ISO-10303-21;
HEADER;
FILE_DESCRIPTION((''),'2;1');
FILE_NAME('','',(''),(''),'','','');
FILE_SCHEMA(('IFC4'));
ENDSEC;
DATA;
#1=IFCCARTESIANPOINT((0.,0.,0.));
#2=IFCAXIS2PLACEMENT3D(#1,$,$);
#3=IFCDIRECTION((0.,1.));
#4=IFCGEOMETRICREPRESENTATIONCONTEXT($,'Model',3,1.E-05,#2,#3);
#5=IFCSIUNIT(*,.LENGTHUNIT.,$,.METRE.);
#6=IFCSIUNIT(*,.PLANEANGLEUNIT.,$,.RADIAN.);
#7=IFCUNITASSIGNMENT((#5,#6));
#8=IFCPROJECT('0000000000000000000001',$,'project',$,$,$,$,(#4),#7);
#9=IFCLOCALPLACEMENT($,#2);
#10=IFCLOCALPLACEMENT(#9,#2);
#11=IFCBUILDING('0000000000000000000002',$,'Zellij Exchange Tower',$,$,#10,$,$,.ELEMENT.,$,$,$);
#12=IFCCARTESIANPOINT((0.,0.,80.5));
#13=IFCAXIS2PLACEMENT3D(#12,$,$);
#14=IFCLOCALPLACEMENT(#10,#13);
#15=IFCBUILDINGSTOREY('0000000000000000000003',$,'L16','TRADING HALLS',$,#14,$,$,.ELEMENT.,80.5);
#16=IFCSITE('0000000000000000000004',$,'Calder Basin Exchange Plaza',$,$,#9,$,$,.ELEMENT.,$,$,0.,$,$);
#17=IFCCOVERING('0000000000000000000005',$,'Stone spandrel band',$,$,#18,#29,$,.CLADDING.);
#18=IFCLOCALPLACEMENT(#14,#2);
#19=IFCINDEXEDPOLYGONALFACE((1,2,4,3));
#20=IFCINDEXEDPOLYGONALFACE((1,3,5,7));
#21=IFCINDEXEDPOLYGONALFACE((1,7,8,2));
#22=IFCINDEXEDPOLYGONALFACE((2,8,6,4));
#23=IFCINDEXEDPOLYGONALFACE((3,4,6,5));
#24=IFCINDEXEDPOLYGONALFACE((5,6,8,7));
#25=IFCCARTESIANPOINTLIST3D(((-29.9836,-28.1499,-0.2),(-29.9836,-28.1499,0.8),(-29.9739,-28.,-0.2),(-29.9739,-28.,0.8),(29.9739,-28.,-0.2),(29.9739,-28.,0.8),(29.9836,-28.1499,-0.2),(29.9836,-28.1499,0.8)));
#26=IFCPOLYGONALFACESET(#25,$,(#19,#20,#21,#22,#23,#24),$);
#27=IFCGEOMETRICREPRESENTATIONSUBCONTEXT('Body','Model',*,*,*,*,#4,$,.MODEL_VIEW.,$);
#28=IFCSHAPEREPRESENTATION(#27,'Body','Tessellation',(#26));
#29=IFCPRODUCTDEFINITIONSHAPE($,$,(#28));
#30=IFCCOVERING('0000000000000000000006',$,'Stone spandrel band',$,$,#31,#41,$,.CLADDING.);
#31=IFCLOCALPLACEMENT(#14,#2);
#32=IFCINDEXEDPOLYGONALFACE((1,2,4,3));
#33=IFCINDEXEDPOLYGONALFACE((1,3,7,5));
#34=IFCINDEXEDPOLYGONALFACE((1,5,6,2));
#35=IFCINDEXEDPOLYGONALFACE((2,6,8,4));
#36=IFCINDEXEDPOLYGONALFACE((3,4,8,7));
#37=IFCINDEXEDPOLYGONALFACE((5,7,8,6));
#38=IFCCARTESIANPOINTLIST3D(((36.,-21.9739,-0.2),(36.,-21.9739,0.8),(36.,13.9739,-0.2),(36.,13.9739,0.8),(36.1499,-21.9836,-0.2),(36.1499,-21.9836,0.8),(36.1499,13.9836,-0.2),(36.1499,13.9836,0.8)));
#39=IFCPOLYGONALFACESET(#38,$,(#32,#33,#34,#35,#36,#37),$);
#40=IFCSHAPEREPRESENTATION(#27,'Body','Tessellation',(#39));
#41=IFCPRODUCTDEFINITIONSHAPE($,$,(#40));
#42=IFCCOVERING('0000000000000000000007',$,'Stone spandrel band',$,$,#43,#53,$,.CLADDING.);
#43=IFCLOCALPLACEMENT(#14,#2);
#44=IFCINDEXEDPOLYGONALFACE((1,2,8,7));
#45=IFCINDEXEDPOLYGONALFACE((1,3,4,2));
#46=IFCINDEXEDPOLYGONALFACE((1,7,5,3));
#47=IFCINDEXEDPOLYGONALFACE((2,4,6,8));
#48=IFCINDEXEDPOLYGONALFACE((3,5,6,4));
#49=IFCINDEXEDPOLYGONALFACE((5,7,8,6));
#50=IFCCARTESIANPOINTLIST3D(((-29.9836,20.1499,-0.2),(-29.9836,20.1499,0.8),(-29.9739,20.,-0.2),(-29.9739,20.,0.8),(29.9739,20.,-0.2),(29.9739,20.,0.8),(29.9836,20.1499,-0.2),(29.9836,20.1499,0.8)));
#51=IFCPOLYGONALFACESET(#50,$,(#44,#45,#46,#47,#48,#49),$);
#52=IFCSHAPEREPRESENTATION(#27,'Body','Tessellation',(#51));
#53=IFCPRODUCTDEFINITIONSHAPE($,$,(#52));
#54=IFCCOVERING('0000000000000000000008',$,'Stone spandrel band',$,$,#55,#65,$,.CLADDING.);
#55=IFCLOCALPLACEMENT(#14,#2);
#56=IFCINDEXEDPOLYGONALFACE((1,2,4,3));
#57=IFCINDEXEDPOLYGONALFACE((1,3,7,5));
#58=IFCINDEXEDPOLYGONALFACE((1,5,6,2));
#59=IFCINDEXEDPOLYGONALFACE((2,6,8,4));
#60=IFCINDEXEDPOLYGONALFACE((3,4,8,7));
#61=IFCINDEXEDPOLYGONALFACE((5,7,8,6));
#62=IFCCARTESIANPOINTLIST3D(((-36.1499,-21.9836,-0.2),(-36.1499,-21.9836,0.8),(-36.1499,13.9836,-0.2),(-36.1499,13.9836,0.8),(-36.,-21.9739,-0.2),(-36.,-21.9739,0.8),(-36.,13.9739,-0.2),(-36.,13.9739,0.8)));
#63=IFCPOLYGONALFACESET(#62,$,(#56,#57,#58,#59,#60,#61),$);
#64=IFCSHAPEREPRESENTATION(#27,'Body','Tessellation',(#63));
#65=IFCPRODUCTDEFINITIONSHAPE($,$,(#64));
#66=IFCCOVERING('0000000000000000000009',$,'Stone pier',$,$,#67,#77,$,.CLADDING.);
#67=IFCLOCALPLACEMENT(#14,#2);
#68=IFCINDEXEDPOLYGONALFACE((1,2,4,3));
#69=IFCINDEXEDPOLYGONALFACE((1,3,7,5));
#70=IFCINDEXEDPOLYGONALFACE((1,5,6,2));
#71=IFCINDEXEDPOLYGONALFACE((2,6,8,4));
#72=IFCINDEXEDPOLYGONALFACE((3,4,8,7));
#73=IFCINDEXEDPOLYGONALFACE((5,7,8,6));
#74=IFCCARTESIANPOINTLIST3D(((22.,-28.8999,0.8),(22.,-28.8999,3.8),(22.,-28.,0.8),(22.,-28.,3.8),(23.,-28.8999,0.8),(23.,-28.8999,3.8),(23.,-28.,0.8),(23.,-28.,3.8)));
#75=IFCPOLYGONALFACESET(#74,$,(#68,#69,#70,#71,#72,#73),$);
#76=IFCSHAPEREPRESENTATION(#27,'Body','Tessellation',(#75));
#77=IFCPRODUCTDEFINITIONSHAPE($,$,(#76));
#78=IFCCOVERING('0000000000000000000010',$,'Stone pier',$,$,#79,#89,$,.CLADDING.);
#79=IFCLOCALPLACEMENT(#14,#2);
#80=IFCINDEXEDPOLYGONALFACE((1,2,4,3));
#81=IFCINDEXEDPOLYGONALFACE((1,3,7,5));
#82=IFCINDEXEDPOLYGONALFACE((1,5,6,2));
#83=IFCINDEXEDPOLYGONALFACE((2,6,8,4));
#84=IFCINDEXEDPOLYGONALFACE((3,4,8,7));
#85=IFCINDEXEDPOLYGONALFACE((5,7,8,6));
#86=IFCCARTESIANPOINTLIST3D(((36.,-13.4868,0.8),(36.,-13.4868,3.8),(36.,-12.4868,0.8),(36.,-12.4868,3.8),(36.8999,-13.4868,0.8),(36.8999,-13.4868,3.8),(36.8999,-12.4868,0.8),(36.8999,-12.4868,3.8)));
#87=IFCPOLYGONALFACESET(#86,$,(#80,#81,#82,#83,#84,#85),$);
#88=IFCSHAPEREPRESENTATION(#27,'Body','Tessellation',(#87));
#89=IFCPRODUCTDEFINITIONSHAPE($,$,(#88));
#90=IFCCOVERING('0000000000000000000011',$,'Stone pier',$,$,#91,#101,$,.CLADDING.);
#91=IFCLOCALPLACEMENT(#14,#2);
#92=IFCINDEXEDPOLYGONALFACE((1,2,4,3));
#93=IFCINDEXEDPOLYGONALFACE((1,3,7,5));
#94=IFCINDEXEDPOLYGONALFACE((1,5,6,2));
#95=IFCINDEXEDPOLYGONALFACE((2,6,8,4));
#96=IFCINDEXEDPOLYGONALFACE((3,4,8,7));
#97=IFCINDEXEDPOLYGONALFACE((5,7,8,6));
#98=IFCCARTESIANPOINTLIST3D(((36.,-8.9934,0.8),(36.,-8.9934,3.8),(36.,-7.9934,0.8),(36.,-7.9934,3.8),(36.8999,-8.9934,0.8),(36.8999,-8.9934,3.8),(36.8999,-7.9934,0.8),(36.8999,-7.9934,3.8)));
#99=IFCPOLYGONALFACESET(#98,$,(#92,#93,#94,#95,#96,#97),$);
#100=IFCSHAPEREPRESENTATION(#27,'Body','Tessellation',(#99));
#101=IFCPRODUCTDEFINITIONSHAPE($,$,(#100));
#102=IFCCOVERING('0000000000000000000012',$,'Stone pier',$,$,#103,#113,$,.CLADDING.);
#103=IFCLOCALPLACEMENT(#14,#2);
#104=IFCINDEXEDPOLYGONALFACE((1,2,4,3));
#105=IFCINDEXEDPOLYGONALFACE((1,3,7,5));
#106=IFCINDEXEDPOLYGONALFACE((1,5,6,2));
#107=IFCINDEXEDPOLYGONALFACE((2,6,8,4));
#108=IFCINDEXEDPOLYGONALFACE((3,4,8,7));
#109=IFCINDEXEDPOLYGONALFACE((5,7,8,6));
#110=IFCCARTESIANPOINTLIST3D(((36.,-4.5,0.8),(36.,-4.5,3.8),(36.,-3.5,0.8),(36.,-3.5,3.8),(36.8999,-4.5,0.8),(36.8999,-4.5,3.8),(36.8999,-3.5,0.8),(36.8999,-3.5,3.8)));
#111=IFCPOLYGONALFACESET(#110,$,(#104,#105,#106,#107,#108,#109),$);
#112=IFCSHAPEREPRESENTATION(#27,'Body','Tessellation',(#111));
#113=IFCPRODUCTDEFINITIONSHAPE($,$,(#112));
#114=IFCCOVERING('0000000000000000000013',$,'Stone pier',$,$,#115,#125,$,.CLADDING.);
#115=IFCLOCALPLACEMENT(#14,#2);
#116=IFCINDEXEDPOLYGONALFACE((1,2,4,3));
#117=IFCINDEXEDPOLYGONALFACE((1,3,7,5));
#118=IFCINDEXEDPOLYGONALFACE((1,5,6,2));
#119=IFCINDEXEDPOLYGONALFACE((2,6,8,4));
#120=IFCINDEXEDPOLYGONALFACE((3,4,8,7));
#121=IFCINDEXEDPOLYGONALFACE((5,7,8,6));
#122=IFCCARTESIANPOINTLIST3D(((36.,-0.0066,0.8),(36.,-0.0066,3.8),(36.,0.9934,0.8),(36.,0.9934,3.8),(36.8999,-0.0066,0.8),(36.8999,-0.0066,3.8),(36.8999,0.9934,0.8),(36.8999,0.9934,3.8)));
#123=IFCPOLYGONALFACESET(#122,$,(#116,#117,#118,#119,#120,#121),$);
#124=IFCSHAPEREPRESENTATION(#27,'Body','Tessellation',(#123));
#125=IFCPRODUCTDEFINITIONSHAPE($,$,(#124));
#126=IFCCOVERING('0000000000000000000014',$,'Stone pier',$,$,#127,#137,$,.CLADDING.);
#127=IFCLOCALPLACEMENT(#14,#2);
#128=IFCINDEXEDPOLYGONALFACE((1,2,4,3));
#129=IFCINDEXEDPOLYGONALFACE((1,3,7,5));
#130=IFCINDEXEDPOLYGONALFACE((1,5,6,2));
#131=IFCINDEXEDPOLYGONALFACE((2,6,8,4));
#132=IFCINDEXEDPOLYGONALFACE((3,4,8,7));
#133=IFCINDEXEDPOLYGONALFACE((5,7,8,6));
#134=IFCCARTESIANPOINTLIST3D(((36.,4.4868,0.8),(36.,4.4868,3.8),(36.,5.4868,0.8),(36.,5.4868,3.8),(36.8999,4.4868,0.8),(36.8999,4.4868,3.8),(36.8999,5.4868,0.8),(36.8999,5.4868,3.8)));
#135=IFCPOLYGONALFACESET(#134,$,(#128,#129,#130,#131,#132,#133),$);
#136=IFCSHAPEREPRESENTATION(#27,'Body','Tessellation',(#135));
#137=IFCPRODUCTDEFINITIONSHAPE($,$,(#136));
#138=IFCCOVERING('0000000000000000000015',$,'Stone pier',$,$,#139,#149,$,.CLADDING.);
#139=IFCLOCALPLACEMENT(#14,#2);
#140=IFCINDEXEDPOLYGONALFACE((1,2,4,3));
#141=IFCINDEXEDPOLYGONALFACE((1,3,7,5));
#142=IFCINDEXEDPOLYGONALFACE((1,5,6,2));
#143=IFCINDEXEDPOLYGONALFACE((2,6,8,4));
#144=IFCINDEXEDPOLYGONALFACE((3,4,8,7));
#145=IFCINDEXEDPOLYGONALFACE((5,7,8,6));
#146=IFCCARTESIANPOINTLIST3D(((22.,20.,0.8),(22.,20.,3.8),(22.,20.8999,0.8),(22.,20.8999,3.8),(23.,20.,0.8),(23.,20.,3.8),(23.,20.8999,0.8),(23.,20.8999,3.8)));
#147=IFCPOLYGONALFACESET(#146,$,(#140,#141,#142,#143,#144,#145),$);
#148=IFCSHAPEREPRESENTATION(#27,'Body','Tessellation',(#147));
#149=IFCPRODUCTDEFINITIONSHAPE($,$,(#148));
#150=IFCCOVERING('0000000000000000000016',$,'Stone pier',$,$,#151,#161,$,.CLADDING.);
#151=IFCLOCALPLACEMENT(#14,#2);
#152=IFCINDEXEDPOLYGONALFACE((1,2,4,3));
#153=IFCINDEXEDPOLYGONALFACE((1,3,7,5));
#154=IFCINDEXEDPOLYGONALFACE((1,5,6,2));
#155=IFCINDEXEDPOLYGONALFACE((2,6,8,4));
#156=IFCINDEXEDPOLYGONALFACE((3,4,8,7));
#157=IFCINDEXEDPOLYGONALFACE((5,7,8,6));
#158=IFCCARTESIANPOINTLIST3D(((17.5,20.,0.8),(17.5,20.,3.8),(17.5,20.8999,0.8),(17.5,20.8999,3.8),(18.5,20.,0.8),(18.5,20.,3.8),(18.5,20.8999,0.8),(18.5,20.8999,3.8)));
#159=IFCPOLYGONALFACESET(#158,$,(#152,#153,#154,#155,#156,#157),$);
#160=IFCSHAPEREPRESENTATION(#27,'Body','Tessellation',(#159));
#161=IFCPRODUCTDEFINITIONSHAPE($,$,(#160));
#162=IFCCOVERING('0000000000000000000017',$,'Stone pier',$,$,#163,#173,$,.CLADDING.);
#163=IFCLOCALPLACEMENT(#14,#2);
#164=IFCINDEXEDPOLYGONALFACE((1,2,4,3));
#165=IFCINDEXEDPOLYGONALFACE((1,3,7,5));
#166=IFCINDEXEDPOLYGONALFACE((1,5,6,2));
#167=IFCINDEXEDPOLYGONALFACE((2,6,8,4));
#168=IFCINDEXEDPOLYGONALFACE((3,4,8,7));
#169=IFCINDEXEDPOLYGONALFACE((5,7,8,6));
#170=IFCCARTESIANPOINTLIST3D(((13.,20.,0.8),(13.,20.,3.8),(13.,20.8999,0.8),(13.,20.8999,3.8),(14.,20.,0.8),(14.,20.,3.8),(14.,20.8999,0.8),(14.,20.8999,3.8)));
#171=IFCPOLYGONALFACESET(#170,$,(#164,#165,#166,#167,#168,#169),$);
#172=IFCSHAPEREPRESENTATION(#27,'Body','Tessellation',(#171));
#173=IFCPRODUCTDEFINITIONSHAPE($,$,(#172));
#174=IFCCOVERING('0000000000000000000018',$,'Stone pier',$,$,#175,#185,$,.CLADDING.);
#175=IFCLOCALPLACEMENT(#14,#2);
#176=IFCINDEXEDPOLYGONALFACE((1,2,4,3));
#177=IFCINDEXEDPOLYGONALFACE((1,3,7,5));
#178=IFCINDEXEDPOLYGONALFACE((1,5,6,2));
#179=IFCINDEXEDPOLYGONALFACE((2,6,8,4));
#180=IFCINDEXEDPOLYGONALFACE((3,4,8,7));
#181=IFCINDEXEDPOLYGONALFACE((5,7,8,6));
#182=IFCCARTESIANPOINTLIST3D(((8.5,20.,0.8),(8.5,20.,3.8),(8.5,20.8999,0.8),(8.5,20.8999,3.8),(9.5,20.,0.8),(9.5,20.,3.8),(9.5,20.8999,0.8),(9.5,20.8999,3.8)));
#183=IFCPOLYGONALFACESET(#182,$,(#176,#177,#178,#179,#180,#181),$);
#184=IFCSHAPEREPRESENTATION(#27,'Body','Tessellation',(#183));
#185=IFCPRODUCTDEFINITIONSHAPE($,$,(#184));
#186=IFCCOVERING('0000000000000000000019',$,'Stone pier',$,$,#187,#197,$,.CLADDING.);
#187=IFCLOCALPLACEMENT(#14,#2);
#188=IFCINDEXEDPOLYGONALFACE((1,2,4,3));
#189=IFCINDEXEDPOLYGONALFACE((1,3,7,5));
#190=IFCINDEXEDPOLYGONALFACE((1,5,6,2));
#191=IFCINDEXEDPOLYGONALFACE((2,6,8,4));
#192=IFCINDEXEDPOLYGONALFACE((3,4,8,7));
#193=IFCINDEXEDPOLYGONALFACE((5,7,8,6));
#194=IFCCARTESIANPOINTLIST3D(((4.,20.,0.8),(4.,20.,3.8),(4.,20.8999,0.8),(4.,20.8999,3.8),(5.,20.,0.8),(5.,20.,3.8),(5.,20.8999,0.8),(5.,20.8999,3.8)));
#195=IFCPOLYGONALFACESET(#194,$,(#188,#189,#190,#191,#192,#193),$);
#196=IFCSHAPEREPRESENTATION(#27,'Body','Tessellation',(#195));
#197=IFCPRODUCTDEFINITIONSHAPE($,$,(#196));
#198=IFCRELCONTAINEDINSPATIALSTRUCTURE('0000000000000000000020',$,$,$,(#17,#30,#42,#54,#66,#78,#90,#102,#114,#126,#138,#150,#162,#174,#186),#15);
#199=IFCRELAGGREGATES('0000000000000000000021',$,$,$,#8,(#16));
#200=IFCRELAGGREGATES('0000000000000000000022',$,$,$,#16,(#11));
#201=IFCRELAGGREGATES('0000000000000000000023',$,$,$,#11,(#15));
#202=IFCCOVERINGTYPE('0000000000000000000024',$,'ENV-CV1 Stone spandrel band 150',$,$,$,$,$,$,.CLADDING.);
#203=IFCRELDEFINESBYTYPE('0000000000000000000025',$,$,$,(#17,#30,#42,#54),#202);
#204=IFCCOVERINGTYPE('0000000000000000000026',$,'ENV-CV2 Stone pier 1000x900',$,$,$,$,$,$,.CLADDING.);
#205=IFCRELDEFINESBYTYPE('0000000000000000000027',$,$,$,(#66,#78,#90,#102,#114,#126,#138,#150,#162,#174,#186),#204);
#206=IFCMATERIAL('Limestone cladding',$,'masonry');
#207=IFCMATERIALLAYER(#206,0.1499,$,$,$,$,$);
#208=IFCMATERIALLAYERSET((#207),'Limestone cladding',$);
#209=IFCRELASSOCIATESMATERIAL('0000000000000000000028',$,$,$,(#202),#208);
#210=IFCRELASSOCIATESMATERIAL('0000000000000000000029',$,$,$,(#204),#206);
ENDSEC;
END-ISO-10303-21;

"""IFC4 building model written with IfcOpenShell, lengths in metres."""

from ifc_helpers import new_model, si_unit, direction, frame, origin, place, context, subcontext, project, spatial, polyline, outline, extrude, material, layer, layer_set, type_object, element, save


model = new_model("IFC4")

# Units and contexts
model_context = context("Model", 3, precision=1e-05, world=origin(), true_north=direction((0.0, 1.0)))
body_context = subcontext(model_context, "Body", "Model", "MODEL_VIEW")
ifc_project = project(units=[si_unit("LENGTHUNIT", "METRE"), si_unit("PLANEANGLEUNIT", "RADIAN")], contexts=[model_context])

# Site, building, storey
site_placement = place(None, origin())
site = spatial("IfcSite", under=ifc_project, at=site_placement, Name="Calder Basin Exchange Plaza", CompositionType="ELEMENT", RefElevation=0.0)
building_placement = place(site_placement, origin())
building = spatial("IfcBuilding", under=site, at=building_placement, Name="Zellij Exchange Tower", CompositionType="ELEMENT")
storey_placement = place(building_placement, frame((0.0, 0.0, 80.5)))
storey = spatial("IfcBuildingStorey", under=building, at=storey_placement, Name="L16", Description="TRADING HALLS", CompositionType="ELEMENT", Elevation=80.5)

# Coverings
ifc_material_1 = material(Name="Limestone cladding", Category="masonry")
ifc_layer_1 = layer(ifc_material_1, 0.1499)
ifc_layer_set_1 = layer_set([ifc_layer_1], Name="Limestone cladding")
covering_type_1 = type_object("IfcCoveringType", Name="ENV-CV1 Stone spandrel band 150", PredefinedType="CLADDING", material=ifc_layer_set_1)
covering_1_placement = place(storey_placement, frame((0.0, 0.0, -0.2)))
element("IfcCovering", 1, at=covering_1_placement, inside=storey, type_object=covering_type_1, Name="Stone spandrel band", PredefinedType="CLADDING", context=body_context, shape_type="SweptSolid", body=[
    extrude(outline(polyline([(-29.9739, -28.0), (29.9739, -28.0), (29.9836, -28.1499), (-29.9836, -28.1499), (-29.9739, -28.0)])), origin(), (0.0, 0.0, 1.0), 1.0),
])
covering_2_placement = place(storey_placement, frame((0.0, 0.0, -0.2)))
element("IfcCovering", 2, at=covering_2_placement, inside=storey, type_object=covering_type_1, Name="Stone spandrel band", PredefinedType="CLADDING", context=body_context, shape_type="SweptSolid", body=[
    extrude(outline(polyline([(36.0, -21.9739), (36.0, 13.9739), (36.1499, 13.9836), (36.1499, -21.9836), (36.0, -21.9739)])), origin(), (0.0, 0.0, 1.0), 1.0),
])
covering_3_placement = place(storey_placement, frame((0.0, 0.0, -0.2)))
element("IfcCovering", 3, at=covering_3_placement, inside=storey, type_object=covering_type_1, Name="Stone spandrel band", PredefinedType="CLADDING", context=body_context, shape_type="SweptSolid", body=[
    extrude(outline(polyline([(29.9739, 20.0), (-29.9739, 20.0), (-29.9836, 20.1499), (29.9836, 20.1499), (29.9739, 20.0)])), origin(), (0.0, 0.0, 1.0), 1.0),
])
covering_4_placement = place(storey_placement, frame((0.0, 0.0, -0.2)))
element("IfcCovering", 4, at=covering_4_placement, inside=storey, type_object=covering_type_1, Name="Stone spandrel band", PredefinedType="CLADDING", context=body_context, shape_type="SweptSolid", body=[
    extrude(outline(polyline([(-36.0, 13.9739), (-36.0, -21.9739), (-36.1499, -21.9836), (-36.1499, 13.9836), (-36.0, 13.9739)])), origin(), (0.0, 0.0, 1.0), 1.0),
])
covering_type_2 = type_object("IfcCoveringType", Name="ENV-CV2 Stone pier 1000x900", PredefinedType="CLADDING", material=ifc_material_1)
covering_5_placement = place(storey_placement, frame((0.0, 0.0, 0.8)))
element("IfcCovering", 5, at=covering_5_placement, inside=storey, type_object=covering_type_2, Name="Stone pier", PredefinedType="CLADDING", context=body_context, shape_type="SweptSolid", body=[
    extrude(outline(polyline([(22.0, -28.0), (23.0, -28.0), (23.0, -28.8999), (22.0, -28.8999), (22.0, -28.0)])), origin(), (0.0, 0.0, 1.0), 3.0),
])
covering_6_placement = place(storey_placement, frame((0.0, 0.0, 0.8)))
element("IfcCovering", 6, at=covering_6_placement, inside=storey, type_object=covering_type_2, Name="Stone pier", PredefinedType="CLADDING", context=body_context, shape_type="SweptSolid", body=[
    extrude(outline(polyline([(36.0, -13.4868), (36.0, -12.4868), (36.8999, -12.4868), (36.8999, -13.4868), (36.0, -13.4868)])), origin(), (0.0, 0.0, 1.0), 3.0),
])
covering_7_placement = place(storey_placement, frame((0.0, 0.0, 0.8)))
element("IfcCovering", 7, at=covering_7_placement, inside=storey, type_object=covering_type_2, Name="Stone pier", PredefinedType="CLADDING", context=body_context, shape_type="SweptSolid", body=[
    extrude(outline(polyline([(36.0, -8.9934), (36.0, -7.9934), (36.8999, -7.9934), (36.8999, -8.9934), (36.0, -8.9934)])), origin(), (0.0, 0.0, 1.0), 3.0),
])
covering_8_placement = place(storey_placement, frame((0.0, 0.0, 0.8)))
element("IfcCovering", 8, at=covering_8_placement, inside=storey, type_object=covering_type_2, Name="Stone pier", PredefinedType="CLADDING", context=body_context, shape_type="SweptSolid", body=[
    extrude(outline(polyline([(36.0, -4.5), (36.0, -3.5), (36.8999, -3.5), (36.8999, -4.5), (36.0, -4.5)])), origin(), (0.0, 0.0, 1.0), 3.0),
])
covering_9_placement = place(storey_placement, frame((0.0, 0.0, 0.8)))
element("IfcCovering", 9, at=covering_9_placement, inside=storey, type_object=covering_type_2, Name="Stone pier", PredefinedType="CLADDING", context=body_context, shape_type="SweptSolid", body=[
    extrude(outline(polyline([(36.0, -0.0066), (36.0, 0.9934), (36.8999, 0.9934), (36.8999, -0.0066), (36.0, -0.0066)])), origin(), (0.0, 0.0, 1.0), 3.0),
])
covering_10_placement = place(storey_placement, frame((0.0, 0.0, 0.8)))
element("IfcCovering", 10, at=covering_10_placement, inside=storey, type_object=covering_type_2, Name="Stone pier", PredefinedType="CLADDING", context=body_context, shape_type="SweptSolid", body=[
    extrude(outline(polyline([(36.0, 4.4868), (36.0, 5.4868), (36.8999, 5.4868), (36.8999, 4.4868), (36.0, 4.4868)])), origin(), (0.0, 0.0, 1.0), 3.0),
])
covering_11_placement = place(storey_placement, frame((0.0, 0.0, 0.8)))
element("IfcCovering", 11, at=covering_11_placement, inside=storey, type_object=covering_type_2, Name="Stone pier", PredefinedType="CLADDING", context=body_context, shape_type="SweptSolid", body=[
    extrude(outline(polyline([(23.0, 20.0), (22.0, 20.0), (22.0, 20.8999), (23.0, 20.8999), (23.0, 20.0)])), origin(), (0.0, 0.0, 1.0), 3.0),
])
covering_12_placement = place(storey_placement, frame((0.0, 0.0, 0.8)))
element("IfcCovering", 12, at=covering_12_placement, inside=storey, type_object=covering_type_2, Name="Stone pier", PredefinedType="CLADDING", context=body_context, shape_type="SweptSolid", body=[
    extrude(outline(polyline([(18.5, 20.0), (17.5, 20.0), (17.5, 20.8999), (18.5, 20.8999), (18.5, 20.0)])), origin(), (0.0, 0.0, 1.0), 3.0),
])
covering_13_placement = place(storey_placement, frame((0.0, 0.0, 0.8)))
element("IfcCovering", 13, at=covering_13_placement, inside=storey, type_object=covering_type_2, Name="Stone pier", PredefinedType="CLADDING", context=body_context, shape_type="SweptSolid", body=[
    extrude(outline(polyline([(14.0, 20.0), (13.0, 20.0), (13.0, 20.8999), (14.0, 20.8999), (14.0, 20.0)])), origin(), (0.0, 0.0, 1.0), 3.0),
])
covering_14_placement = place(storey_placement, frame((0.0, 0.0, 0.8)))
element("IfcCovering", 14, at=covering_14_placement, inside=storey, type_object=covering_type_2, Name="Stone pier", PredefinedType="CLADDING", context=body_context, shape_type="SweptSolid", body=[
    extrude(outline(polyline([(9.5, 20.0), (8.5, 20.0), (8.5, 20.8999), (9.5, 20.8999), (9.5, 20.0)])), origin(), (0.0, 0.0, 1.0), 3.0),
])
covering_15_placement = place(storey_placement, frame((0.0, 0.0, 0.8)))
element("IfcCovering", 15, at=covering_15_placement, inside=storey, type_object=covering_type_2, Name="Stone pier", PredefinedType="CLADDING", context=body_context, shape_type="SweptSolid", body=[
    extrude(outline(polyline([(5.0, 20.0), (4.0, 20.0), (4.0, 20.8999), (5.0, 20.8999), (5.0, 20.0)])), origin(), (0.0, 0.0, 1.0), 3.0),
])

save(model, "model.ifc")
